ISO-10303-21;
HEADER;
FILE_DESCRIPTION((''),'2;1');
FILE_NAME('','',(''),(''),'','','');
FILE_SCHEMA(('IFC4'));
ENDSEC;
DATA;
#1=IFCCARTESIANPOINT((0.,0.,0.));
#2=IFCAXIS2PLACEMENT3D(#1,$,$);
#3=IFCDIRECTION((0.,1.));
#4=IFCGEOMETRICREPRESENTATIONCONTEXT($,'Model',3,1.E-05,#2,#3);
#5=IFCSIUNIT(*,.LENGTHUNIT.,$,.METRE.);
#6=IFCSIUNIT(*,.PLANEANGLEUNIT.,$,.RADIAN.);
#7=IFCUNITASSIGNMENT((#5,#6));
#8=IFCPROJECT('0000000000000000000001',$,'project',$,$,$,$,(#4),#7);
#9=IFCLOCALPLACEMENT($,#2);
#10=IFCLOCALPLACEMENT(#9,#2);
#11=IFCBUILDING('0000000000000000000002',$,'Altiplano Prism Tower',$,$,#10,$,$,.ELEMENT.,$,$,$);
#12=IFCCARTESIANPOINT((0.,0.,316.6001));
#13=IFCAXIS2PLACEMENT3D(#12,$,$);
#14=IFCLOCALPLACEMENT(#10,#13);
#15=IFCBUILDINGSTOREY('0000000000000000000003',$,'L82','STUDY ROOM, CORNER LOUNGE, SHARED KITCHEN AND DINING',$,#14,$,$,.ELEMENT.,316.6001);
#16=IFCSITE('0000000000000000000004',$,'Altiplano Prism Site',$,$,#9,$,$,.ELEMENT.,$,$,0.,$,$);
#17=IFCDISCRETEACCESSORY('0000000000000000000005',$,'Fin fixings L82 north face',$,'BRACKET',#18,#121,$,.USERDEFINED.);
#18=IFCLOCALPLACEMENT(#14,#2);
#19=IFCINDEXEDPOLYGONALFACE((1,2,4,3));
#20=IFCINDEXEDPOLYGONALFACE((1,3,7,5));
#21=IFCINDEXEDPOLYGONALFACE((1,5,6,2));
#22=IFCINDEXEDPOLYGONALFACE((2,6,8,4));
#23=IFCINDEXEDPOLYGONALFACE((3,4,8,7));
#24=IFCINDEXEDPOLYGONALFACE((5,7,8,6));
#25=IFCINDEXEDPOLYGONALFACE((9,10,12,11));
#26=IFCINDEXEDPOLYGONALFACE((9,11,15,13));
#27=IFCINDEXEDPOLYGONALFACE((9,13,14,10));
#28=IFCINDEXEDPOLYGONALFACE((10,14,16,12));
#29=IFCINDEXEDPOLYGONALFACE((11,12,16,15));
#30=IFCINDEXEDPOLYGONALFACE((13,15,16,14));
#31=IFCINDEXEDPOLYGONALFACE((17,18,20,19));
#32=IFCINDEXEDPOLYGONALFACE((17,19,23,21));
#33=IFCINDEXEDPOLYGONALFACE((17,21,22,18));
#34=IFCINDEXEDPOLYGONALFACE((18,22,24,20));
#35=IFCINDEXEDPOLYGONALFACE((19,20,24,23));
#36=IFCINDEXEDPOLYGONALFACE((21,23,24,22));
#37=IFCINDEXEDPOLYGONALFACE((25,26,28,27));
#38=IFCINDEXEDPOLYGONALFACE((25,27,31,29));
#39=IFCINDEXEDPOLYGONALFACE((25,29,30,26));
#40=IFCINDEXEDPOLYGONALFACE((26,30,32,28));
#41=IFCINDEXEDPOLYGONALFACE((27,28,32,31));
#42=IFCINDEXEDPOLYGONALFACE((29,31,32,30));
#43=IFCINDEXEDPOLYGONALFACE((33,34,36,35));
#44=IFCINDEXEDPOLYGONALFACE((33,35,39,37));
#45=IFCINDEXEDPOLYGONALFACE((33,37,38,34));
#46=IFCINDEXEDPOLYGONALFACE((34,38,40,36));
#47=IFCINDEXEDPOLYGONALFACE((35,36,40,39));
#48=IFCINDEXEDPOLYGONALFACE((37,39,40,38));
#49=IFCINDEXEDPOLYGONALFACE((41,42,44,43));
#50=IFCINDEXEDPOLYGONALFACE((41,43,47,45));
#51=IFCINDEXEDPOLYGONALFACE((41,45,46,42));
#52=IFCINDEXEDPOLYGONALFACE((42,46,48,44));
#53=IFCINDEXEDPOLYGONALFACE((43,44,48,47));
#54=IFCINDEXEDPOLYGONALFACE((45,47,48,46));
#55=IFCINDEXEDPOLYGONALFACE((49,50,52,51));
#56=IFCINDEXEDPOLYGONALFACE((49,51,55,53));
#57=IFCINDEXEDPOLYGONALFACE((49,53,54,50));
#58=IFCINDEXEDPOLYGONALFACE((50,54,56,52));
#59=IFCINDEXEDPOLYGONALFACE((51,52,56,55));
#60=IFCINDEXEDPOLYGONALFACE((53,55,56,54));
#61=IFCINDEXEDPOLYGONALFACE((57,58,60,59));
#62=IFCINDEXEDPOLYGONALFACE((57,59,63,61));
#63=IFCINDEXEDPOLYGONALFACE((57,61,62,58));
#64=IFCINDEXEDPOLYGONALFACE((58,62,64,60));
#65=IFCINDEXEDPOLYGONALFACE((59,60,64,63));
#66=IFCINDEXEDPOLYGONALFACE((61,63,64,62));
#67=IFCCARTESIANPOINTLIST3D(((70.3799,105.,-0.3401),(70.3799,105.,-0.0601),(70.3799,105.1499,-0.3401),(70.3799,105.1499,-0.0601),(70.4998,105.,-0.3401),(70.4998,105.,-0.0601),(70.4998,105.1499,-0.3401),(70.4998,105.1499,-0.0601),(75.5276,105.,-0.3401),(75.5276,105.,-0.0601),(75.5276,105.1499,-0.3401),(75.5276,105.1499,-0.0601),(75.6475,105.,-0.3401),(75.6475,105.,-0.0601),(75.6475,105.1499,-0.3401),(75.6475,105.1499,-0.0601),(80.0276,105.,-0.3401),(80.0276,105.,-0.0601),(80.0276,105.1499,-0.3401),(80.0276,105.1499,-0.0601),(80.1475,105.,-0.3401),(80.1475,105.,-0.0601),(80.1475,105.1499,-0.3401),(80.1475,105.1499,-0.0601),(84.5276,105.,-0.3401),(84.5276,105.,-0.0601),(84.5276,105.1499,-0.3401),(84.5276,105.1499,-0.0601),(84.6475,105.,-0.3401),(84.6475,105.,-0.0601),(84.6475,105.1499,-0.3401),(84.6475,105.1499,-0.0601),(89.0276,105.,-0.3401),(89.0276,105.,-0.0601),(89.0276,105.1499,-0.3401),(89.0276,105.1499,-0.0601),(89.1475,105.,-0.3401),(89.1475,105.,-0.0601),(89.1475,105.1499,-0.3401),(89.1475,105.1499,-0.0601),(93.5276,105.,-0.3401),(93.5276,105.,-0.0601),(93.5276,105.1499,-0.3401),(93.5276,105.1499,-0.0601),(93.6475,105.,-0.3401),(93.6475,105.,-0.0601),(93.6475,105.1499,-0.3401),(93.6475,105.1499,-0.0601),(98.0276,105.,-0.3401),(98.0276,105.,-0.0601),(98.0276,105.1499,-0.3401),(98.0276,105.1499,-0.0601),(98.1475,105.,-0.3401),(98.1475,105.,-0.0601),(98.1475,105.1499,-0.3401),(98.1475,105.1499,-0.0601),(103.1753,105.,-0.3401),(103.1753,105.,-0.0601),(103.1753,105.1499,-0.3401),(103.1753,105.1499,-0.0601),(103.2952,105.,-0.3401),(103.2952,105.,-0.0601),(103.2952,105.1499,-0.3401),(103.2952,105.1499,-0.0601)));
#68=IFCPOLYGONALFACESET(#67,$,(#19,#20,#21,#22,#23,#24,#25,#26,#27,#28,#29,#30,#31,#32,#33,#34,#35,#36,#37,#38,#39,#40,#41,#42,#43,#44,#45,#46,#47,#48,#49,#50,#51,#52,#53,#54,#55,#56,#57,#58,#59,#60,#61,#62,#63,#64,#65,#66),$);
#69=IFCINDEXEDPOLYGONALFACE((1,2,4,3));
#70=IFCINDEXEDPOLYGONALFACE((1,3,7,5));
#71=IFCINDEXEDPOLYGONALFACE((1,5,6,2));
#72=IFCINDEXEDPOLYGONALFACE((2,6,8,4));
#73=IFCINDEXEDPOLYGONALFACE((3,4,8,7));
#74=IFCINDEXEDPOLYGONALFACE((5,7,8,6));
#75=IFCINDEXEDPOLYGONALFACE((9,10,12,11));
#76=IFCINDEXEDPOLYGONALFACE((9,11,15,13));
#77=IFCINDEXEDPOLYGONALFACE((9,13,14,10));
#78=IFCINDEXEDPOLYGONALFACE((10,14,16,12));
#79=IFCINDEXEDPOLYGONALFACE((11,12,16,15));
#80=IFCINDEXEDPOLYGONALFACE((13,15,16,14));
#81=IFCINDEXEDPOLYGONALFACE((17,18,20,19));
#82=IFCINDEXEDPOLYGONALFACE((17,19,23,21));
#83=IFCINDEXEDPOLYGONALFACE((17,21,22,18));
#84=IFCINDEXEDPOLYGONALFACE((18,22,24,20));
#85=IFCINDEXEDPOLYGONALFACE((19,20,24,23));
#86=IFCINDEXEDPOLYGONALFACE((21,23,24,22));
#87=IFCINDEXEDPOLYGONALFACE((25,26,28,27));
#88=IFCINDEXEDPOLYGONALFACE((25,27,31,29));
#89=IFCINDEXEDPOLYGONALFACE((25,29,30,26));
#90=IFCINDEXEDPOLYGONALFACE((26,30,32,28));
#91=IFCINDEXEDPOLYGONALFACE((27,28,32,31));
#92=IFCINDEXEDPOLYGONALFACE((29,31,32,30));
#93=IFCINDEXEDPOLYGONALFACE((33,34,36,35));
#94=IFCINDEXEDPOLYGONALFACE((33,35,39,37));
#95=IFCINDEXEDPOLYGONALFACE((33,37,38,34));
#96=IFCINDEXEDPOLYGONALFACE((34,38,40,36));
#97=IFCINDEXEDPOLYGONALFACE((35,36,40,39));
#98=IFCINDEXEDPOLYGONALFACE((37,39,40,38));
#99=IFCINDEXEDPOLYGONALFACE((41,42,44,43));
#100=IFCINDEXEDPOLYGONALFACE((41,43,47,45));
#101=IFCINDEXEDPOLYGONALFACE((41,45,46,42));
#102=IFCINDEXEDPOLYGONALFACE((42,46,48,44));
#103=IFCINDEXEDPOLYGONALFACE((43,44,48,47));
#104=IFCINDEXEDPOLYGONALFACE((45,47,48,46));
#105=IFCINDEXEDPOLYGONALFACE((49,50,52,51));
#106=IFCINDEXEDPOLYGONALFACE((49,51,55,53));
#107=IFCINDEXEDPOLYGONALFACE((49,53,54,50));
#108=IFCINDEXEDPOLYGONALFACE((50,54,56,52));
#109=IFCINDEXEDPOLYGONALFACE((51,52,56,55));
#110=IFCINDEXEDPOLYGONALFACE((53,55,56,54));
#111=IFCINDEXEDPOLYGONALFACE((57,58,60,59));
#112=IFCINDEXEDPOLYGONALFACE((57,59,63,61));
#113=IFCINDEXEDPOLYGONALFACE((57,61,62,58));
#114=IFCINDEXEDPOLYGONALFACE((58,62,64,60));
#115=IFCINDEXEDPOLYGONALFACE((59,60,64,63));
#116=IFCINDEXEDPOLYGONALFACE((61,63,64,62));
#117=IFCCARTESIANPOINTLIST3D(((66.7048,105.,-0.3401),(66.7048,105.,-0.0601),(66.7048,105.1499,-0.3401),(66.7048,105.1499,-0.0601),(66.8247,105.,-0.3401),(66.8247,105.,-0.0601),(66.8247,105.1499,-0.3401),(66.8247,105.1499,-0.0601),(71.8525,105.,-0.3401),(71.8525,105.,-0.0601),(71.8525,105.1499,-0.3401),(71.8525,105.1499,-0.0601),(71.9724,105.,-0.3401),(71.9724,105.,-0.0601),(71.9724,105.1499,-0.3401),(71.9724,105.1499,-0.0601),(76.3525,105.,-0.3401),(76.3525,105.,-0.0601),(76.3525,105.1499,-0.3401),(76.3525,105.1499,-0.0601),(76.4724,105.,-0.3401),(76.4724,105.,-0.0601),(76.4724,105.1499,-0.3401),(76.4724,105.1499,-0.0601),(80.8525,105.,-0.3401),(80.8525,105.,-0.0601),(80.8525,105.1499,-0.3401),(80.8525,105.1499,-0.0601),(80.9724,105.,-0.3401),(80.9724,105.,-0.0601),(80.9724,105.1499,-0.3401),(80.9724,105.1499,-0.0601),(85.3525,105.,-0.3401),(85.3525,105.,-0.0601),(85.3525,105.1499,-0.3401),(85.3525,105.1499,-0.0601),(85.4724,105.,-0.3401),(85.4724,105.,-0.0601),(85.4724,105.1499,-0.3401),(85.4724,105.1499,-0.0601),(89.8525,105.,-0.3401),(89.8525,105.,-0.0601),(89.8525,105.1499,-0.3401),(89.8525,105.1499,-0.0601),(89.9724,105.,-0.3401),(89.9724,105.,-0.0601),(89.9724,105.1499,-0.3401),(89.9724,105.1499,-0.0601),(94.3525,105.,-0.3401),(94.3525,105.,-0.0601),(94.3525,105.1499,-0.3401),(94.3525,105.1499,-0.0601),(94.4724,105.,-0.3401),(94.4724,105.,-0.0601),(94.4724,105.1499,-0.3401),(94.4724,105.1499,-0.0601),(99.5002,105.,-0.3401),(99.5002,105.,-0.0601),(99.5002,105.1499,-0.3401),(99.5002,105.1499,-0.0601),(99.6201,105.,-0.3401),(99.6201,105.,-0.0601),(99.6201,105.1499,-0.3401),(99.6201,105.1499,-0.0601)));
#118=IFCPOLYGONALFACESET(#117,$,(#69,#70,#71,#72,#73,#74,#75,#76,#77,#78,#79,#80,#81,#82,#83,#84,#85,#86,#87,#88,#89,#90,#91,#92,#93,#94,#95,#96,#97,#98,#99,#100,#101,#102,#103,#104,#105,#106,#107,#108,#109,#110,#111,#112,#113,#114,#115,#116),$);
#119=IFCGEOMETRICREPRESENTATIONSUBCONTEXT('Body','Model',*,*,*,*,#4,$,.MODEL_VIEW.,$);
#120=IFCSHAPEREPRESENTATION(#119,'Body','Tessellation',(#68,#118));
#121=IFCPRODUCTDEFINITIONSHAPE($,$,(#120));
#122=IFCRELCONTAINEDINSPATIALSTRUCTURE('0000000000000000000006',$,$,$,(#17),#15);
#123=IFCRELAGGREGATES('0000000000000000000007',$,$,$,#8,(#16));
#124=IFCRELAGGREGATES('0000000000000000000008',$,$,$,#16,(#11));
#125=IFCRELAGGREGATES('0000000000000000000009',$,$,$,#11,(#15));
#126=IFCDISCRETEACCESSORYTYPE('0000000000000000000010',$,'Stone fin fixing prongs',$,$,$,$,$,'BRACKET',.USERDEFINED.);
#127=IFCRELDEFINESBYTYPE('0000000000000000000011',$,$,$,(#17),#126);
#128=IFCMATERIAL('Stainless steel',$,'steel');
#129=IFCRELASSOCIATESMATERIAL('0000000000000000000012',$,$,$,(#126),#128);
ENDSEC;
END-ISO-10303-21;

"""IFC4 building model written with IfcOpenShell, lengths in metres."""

from ifc_helpers import new_model, si_unit, direction, frame, origin, place, context, subcontext, project, spatial, polyline, outline, extrude, source, transform, mapped, material, type_object, element, save


model = new_model("IFC4")

# Units and contexts
model_context = context("Model", 3, precision=1e-05, world=origin(), true_north=direction((0.0, 1.0)))
body_context = subcontext(model_context, "Body", "Model", "MODEL_VIEW")
ifc_project = project(units=[si_unit("LENGTHUNIT", "METRE"), si_unit("PLANEANGLEUNIT", "RADIAN")], contexts=[model_context])

# Site, building, storey
site_placement = place(None, origin())
site = spatial("IfcSite", under=ifc_project, at=site_placement, Name="Altiplano Prism Site", CompositionType="ELEMENT", RefElevation=0.0)
building_placement = place(site_placement, origin())
building = spatial("IfcBuilding", under=site, at=building_placement, Name="Altiplano Prism Tower", CompositionType="ELEMENT")
storey_placement = place(building_placement, frame((0.0, 0.0, 316.6001)))
storey = spatial("IfcBuildingStorey", under=building, at=storey_placement, Name="L82", Description="STUDY ROOM, CORNER LOUNGE, SHARED KITCHEN AND DINING", CompositionType="ELEMENT", Elevation=316.6001)

# Discrete accessory
ifc_material_1 = material(Name="Stainless steel", Category="steel")
discrete_accessory_type = type_object("IfcDiscreteAccessoryType", Name="Stone fin fixing prongs", ElementType="BRACKET", PredefinedType="USERDEFINED", material=ifc_material_1)
shared_shape_1 = source(origin(), body_context, "Body", "SweptSolid", [
    extrude(outline(polyline([(-1.8975, 0.0601), (-1.7776, 0.0601), (-1.7776, 0.3401), (-1.8975, 0.3401), (-1.8975, 0.0601)])), frame((0.0, 0.0, 0.0), z_axis=(0.0, -1.0, 0.0), x_axis=(1.0, 0.0, 0.0)), (0.0, 0.0, 1.0), 0.1499),
    extrude(outline(polyline([(1.7776, 0.0601), (1.8975, 0.0601), (1.8975, 0.3401), (1.7776, 0.3401), (1.7776, 0.0601)])), frame((0.0, 0.0, 0.0), z_axis=(0.0, -1.0, 0.0), x_axis=(1.0, 0.0, 0.0)), (0.0, 0.0, 1.0), 0.1499),
])
shared_shape_2 = source(origin(), body_context, "Body", "SweptSolid", [
    extrude(outline(polyline([(-1.8975, 0.0601), (-1.7776, 0.0601), (-1.7776, 0.3401), (-1.8975, 0.3401), (-1.8975, 0.0601)])), frame((0.0, 0.0, 0.0), z_axis=(0.0, -1.0, 0.0), x_axis=(1.0, 0.0, 0.0)), (0.0, 0.0, 1.0), 0.1499),
    extrude(outline(polyline([(1.7776, 0.0601), (1.8975, 0.0601), (1.8975, 0.3401), (1.7776, 0.3401), (1.7776, 0.0601)])), frame((0.0, 0.0, 0.0), z_axis=(0.0, -1.0, 0.0), x_axis=(1.0, 0.0, 0.0)), (0.0, 0.0, 1.0), 0.1499),
])
discrete_accessory_1_placement = place(storey_placement, origin())
element("IfcDiscreteAccessory", 1, at=discrete_accessory_1_placement, inside=storey, type_object=discrete_accessory_type, Name="Fin fixings L82 north face", ObjectType="BRACKET", PredefinedType="USERDEFINED", context=body_context, shape_type="MappedRepresentation", body=[
    mapped(shared_shape_1, transform((101.3977, 105.0, -0.4001), x_axis=(-1.0, 0.0, 0.0), y_axis=(0.0, -1.0, 0.0), z_axis=(0.0, 0.0, 1.0))),
    mapped(shared_shape_2, transform((96.25, 105.0, -0.4001), x_axis=(-1.0, 0.0, 0.0), y_axis=(0.0, -1.0, 0.0), z_axis=(0.0, 0.0, 1.0))),
    mapped(shared_shape_2, transform((91.75, 105.0, -0.4001), x_axis=(-1.0, 0.0, 0.0), y_axis=(0.0, -1.0, 0.0), z_axis=(0.0, 0.0, 1.0))),
    mapped(shared_shape_2, transform((87.25, 105.0, -0.4001), x_axis=(-1.0, 0.0, 0.0), y_axis=(0.0, -1.0, 0.0), z_axis=(0.0, 0.0, 1.0))),
    mapped(shared_shape_2, transform((82.75, 105.0, -0.4001), x_axis=(-1.0, 0.0, 0.0), y_axis=(0.0, -1.0, 0.0), z_axis=(0.0, 0.0, 1.0))),
    mapped(shared_shape_2, transform((78.25, 105.0, -0.4001), x_axis=(-1.0, 0.0, 0.0), y_axis=(0.0, -1.0, 0.0), z_axis=(0.0, 0.0, 1.0))),
    mapped(shared_shape_2, transform((73.75, 105.0, -0.4001), x_axis=(-1.0, 0.0, 0.0), y_axis=(0.0, -1.0, 0.0), z_axis=(0.0, 0.0, 1.0))),
    mapped(shared_shape_1, transform((68.6023, 105.0, -0.4001), x_axis=(-1.0, 0.0, 0.0), y_axis=(0.0, -1.0, 0.0), z_axis=(0.0, 0.0, 1.0))),
])

save(model, "model.ifc")
